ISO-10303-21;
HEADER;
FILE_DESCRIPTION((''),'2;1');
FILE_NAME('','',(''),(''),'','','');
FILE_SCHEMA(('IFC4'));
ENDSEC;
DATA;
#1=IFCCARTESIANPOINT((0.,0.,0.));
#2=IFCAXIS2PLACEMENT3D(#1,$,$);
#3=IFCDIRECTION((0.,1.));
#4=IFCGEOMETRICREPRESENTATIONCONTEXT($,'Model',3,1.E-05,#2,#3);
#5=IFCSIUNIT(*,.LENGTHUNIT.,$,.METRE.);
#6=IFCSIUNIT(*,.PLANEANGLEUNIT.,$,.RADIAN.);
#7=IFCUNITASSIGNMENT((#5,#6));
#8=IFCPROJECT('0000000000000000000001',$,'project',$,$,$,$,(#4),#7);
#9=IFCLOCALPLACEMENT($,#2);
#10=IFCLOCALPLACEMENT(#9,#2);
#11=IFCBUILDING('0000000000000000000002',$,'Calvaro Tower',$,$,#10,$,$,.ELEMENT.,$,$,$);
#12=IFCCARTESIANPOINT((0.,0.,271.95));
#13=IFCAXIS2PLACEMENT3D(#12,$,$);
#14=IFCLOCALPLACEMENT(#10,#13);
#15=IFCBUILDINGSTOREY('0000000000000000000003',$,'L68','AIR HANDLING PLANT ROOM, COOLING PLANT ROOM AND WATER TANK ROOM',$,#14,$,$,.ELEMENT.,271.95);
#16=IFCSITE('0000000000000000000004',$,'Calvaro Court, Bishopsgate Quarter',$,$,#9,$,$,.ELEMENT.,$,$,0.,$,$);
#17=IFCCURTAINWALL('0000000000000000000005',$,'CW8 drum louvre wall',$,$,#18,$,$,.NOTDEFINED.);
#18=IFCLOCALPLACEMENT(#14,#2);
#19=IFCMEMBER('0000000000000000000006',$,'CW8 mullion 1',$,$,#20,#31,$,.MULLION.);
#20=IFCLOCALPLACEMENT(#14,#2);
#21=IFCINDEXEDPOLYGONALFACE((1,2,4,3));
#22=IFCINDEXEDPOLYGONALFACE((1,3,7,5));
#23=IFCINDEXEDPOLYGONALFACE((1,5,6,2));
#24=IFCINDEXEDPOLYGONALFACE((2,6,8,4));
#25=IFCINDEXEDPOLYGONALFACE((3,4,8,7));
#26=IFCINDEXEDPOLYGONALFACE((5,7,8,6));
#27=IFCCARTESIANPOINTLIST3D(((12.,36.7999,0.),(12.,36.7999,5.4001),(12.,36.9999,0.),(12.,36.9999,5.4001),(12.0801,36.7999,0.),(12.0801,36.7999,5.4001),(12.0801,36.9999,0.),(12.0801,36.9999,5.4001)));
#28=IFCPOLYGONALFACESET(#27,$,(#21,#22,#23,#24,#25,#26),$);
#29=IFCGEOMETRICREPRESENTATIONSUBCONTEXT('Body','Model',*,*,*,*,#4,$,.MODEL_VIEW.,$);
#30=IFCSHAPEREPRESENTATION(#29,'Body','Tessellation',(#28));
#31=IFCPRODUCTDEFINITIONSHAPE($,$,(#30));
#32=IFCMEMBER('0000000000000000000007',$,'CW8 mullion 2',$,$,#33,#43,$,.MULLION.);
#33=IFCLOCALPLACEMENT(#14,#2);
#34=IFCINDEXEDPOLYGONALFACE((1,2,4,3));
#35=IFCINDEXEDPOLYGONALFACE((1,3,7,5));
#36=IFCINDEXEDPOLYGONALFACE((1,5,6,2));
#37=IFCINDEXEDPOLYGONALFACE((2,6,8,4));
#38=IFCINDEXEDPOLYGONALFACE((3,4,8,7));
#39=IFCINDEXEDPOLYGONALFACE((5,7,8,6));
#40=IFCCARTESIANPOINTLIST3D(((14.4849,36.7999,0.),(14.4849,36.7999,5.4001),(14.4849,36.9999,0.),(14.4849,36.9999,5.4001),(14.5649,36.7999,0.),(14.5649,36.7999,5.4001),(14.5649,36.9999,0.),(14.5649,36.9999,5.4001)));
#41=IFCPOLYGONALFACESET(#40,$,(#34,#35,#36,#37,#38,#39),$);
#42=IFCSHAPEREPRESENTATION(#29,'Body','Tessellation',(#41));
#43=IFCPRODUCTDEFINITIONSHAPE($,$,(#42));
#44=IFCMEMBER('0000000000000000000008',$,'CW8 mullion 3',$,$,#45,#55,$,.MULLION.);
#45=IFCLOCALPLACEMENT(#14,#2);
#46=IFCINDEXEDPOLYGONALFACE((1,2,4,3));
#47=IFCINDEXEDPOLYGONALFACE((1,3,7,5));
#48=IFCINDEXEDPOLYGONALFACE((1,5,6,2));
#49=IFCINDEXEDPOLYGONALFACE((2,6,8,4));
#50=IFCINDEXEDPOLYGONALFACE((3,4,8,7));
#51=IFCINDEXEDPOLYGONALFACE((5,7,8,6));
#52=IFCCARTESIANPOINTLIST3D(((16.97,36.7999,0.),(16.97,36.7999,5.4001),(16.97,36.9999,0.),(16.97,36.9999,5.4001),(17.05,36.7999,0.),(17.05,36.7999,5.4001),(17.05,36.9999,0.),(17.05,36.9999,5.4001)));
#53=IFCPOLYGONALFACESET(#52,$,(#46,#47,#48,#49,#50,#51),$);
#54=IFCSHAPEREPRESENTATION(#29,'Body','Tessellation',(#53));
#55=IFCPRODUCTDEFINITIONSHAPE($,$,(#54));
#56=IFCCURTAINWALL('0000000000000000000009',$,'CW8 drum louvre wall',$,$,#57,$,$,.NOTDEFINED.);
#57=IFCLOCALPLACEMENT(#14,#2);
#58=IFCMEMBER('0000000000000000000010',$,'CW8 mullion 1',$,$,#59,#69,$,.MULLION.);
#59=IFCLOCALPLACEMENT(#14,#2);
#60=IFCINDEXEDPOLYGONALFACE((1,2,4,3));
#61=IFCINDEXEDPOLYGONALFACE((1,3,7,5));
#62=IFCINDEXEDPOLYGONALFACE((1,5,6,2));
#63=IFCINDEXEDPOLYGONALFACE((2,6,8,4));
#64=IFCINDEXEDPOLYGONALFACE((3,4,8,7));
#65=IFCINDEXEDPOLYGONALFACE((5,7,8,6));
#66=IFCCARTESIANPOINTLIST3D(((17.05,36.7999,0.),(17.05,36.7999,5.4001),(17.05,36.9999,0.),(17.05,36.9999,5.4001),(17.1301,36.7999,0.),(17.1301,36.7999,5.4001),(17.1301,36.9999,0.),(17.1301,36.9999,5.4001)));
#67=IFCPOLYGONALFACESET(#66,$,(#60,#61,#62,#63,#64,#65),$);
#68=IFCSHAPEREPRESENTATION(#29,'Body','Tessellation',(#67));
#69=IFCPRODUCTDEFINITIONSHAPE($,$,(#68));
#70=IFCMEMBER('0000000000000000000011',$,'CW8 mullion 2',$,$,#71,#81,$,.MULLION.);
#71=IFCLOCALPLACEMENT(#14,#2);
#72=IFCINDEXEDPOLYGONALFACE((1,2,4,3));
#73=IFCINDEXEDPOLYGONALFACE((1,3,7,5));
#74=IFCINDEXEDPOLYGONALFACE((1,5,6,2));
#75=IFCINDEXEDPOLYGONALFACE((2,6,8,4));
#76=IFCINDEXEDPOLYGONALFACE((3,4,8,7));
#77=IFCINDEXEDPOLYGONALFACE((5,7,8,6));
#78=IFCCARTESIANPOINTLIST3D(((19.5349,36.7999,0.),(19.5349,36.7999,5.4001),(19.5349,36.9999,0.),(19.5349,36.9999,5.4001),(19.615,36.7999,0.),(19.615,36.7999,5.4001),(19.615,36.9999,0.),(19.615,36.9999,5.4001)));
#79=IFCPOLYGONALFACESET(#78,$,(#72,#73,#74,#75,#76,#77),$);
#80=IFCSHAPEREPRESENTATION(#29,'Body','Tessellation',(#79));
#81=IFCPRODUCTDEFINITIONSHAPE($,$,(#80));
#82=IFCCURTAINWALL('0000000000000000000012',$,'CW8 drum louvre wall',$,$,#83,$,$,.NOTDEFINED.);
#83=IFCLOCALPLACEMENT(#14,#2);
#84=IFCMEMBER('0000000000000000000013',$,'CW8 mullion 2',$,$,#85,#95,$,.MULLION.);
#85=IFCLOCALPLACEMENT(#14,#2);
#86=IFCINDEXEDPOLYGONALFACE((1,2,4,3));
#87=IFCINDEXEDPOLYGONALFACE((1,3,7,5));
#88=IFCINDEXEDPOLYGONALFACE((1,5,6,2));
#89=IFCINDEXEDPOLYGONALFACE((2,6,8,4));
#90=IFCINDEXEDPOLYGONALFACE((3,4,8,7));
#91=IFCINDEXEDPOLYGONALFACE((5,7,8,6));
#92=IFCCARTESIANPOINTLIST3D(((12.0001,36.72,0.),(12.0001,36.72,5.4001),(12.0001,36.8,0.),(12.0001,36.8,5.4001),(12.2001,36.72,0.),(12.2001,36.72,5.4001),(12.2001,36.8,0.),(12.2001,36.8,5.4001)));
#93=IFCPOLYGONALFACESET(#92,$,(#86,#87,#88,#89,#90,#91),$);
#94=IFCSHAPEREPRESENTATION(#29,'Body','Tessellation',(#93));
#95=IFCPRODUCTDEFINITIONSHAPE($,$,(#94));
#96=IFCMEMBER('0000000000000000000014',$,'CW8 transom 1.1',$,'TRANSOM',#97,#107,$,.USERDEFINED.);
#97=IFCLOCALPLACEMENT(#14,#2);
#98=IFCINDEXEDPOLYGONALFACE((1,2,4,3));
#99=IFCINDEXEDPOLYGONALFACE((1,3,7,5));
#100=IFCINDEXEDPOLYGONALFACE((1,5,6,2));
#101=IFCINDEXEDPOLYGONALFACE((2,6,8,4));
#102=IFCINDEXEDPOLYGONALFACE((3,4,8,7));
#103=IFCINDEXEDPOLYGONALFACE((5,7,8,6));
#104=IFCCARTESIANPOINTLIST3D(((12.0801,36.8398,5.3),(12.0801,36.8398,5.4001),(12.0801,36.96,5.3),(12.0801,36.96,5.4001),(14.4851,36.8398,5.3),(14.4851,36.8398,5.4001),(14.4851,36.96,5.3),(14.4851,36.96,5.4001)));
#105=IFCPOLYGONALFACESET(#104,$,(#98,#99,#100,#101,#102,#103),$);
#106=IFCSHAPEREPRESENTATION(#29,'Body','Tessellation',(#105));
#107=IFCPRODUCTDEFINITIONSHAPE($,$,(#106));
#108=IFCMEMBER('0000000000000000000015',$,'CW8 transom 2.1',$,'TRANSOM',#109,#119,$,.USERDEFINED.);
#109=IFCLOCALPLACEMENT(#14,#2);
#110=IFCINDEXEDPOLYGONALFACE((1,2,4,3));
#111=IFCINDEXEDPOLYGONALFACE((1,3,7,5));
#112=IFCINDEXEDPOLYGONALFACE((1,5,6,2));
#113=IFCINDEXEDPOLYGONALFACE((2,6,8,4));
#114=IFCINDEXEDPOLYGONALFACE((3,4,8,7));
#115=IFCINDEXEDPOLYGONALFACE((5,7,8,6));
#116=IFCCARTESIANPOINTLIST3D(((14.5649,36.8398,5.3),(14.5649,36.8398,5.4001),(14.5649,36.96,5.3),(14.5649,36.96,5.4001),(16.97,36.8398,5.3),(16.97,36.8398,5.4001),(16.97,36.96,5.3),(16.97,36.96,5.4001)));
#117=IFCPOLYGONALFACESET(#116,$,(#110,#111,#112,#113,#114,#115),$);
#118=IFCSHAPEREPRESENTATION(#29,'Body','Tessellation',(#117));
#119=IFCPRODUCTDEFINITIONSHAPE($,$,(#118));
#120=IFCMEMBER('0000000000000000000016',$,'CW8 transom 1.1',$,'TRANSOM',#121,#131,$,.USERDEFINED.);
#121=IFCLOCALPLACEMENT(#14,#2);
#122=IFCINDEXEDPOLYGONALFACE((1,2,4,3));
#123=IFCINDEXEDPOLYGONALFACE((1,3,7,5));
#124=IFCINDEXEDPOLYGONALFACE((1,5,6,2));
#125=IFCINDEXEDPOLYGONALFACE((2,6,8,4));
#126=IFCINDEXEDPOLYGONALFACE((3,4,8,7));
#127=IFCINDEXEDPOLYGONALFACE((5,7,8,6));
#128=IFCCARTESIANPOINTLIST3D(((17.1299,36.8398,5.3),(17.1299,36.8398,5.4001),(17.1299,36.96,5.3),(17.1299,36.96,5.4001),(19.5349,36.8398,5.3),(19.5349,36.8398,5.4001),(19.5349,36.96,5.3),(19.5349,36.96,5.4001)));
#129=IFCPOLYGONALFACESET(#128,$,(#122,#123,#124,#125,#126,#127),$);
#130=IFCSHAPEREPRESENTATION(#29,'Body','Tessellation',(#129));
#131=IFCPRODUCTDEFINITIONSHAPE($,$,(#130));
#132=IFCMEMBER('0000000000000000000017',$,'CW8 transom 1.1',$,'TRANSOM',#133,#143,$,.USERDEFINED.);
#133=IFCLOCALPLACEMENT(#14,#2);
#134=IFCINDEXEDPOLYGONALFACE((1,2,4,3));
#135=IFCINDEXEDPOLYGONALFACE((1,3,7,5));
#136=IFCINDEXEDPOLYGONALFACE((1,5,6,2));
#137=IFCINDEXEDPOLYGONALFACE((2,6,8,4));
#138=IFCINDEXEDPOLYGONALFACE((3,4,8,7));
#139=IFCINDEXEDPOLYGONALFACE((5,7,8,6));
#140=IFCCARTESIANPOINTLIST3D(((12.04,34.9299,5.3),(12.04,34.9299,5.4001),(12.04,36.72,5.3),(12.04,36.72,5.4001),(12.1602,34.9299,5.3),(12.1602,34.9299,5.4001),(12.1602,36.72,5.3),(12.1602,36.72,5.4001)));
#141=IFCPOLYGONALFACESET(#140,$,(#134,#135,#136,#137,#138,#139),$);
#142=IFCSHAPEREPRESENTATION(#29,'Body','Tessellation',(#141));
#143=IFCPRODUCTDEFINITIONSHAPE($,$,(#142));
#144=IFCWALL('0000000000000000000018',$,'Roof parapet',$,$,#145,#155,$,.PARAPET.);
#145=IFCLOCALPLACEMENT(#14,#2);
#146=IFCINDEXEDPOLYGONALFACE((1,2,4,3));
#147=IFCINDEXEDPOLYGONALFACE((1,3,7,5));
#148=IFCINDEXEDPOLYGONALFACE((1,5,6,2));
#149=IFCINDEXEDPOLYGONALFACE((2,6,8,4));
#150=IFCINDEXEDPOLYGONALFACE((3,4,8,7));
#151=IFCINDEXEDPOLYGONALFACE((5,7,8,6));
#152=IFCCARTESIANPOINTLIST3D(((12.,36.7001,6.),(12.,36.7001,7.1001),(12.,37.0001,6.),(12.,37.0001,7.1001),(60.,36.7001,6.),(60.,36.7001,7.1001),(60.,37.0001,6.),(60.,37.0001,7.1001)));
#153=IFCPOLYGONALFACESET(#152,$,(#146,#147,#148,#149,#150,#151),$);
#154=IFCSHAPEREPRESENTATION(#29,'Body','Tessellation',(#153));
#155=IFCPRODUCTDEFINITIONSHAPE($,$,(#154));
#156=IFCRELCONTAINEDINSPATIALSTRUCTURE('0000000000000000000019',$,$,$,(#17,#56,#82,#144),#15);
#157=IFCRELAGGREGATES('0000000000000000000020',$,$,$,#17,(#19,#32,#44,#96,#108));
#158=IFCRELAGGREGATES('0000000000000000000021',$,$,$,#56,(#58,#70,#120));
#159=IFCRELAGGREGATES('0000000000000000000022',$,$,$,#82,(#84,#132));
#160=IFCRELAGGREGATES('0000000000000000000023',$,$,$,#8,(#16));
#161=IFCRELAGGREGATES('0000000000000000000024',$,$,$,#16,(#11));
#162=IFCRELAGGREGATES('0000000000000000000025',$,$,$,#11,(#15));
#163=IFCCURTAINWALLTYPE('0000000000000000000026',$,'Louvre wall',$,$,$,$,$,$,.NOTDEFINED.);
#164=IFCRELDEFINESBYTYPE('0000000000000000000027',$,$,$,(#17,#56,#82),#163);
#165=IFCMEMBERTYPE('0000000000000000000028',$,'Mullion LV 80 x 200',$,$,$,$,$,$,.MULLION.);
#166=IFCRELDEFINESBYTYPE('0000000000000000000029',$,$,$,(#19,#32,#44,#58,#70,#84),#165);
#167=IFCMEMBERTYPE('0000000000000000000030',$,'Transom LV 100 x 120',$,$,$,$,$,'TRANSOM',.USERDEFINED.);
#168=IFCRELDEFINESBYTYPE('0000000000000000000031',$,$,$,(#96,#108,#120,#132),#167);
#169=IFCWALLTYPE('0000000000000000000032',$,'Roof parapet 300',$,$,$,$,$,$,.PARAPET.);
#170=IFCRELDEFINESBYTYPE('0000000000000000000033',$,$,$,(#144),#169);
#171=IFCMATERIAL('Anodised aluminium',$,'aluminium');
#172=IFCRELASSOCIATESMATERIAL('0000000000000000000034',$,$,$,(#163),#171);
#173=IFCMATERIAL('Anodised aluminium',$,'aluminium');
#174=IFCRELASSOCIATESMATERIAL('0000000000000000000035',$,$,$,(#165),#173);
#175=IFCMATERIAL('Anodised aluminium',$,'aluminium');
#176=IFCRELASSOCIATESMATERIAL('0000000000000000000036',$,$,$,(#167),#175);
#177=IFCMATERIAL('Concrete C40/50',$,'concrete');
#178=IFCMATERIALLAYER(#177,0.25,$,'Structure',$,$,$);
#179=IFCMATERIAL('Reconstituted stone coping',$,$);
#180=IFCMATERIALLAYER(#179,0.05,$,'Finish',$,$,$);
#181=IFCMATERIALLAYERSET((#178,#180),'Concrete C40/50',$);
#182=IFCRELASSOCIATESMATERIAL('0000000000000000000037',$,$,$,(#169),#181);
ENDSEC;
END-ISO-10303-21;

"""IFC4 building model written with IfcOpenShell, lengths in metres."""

from ifc_helpers import new_model, si_unit, direction, frame, frame_2d, origin, origin_2d, place, context, subcontext, project, spatial, rectangle, extrude, material, layer, layer_set, material_profile, profile_set, type_object, element, aggregate, save


model = new_model("IFC4")

# Units and contexts
model_context = context("Model", 3, precision=1e-05, world=origin(), true_north=direction((0.0, 1.0)))
body_context = subcontext(model_context, "Body", "Model", "MODEL_VIEW")
ifc_project = project(units=[si_unit("LENGTHUNIT", "METRE"), si_unit("PLANEANGLEUNIT", "RADIAN")], contexts=[model_context])

# Site, building, storey
site_placement = place(None, origin())
site = spatial("IfcSite", under=ifc_project, at=site_placement, Name="Calvaro Court, Bishopsgate Quarter", CompositionType="ELEMENT", RefElevation=0.0)
building_placement = place(site_placement, origin())
building = spatial("IfcBuilding", under=site, at=building_placement, Name="Calvaro Tower", CompositionType="ELEMENT")
storey_placement = place(building_placement, frame((0.0, 0.0, 271.95)))
storey = spatial("IfcBuildingStorey", under=building, at=storey_placement, Name="L68", Description="AIR HANDLING PLANT ROOM, COOLING PLANT ROOM AND WATER TANK ROOM", CompositionType="ELEMENT", Elevation=271.95)

# Curtain walls, members
ifc_material_1 = material(Name="Anodised aluminium", Category="aluminium")
curtain_wall_type = type_object("IfcCurtainWallType", Name="Louvre wall", PredefinedType="NOTDEFINED", material=ifc_material_1)
curtain_wall_1_placement = place(storey_placement, origin())
curtain_wall_1 = element("IfcCurtainWall", 1, at=curtain_wall_1_placement, inside=storey, type_object=curtain_wall_type, Name="CW8 drum louvre wall", PredefinedType="NOTDEFINED")
ifc_material_2 = material(Name="Anodised aluminium", Category="aluminium")
ifc_material_profile_1 = material_profile(ifc_material_2, rectangle(XDim=0.2, YDim=0.0801, at=origin_2d()), Name="Mullion LV 80 x 200")
ifc_profile_set_1 = profile_set([ifc_material_profile_1], Name="Anodised aluminium")
member_type_1 = type_object("IfcMemberType", Name="Mullion LV 80 x 200", PredefinedType="MULLION", material=ifc_profile_set_1)
member_1_placement = place(storey_placement, frame((12.04, 36.8999, 0.0), z_axis=(0.0, 0.0, 1.0), x_axis=(0.0, 1.0, 0.0)))
member_1 = element("IfcMember", 2, at=member_1_placement, type_object=member_type_1, Name="CW8 mullion 1", PredefinedType="MULLION", context=body_context, shape_type="SweptSolid", body=[
    extrude(rectangle(XDim=0.2, YDim=0.0801, at=origin_2d()), origin(), (0.0, 0.0, 1.0), 5.4001),
])
member_2_placement = place(storey_placement, frame((14.5249, 36.8999, 0.0), z_axis=(0.0, 0.0, 1.0), x_axis=(0.0, 1.0, 0.0)))
member_2 = element("IfcMember", 3, at=member_2_placement, type_object=member_type_1, Name="CW8 mullion 2", PredefinedType="MULLION", context=body_context, shape_type="SweptSolid", body=[
    extrude(rectangle(XDim=0.2, YDim=0.0801, at=origin_2d()), origin(), (0.0, 0.0, 1.0), 5.4001),
])
member_3_placement = place(storey_placement, frame((17.01, 36.8999, 0.0), z_axis=(0.0, 0.0, 1.0), x_axis=(0.0, 1.0, 0.0)))
member_3 = element("IfcMember", 4, at=member_3_placement, type_object=member_type_1, Name="CW8 mullion 3", PredefinedType="MULLION", context=body_context, shape_type="SweptSolid", body=[
    extrude(rectangle(XDim=0.2, YDim=0.0801, at=origin_2d()), origin(), (0.0, 0.0, 1.0), 5.4001),
])
curtain_wall_2_placement = place(storey_placement, origin())
curtain_wall_2 = element("IfcCurtainWall", 5, at=curtain_wall_2_placement, inside=storey, type_object=curtain_wall_type, Name="CW8 drum louvre wall", PredefinedType="NOTDEFINED")
member_4_placement = place(storey_placement, frame((17.0901, 36.8999, 0.0), z_axis=(0.0, 0.0, 1.0), x_axis=(0.0, 1.0, 0.0)))
member_4 = element("IfcMember", 6, at=member_4_placement, type_object=member_type_1, Name="CW8 mullion 1", PredefinedType="MULLION", context=body_context, shape_type="SweptSolid", body=[
    extrude(rectangle(XDim=0.2, YDim=0.0801, at=origin_2d()), origin(), (0.0, 0.0, 1.0), 5.4001),
])
member_5_placement = place(storey_placement, frame((19.575, 36.8999, 0.0), z_axis=(0.0, 0.0, 1.0), x_axis=(0.0, 1.0, 0.0)))
member_5 = element("IfcMember", 7, at=member_5_placement, type_object=member_type_1, Name="CW8 mullion 2", PredefinedType="MULLION", context=body_context, shape_type="SweptSolid", body=[
    extrude(rectangle(XDim=0.2, YDim=0.0801, at=origin_2d()), origin(), (0.0, 0.0, 1.0), 5.4001),
])

# Curtain wall, member
curtain_wall_3_placement = place(storey_placement, origin())
curtain_wall_3 = element("IfcCurtainWall", 8, at=curtain_wall_3_placement, inside=storey, type_object=curtain_wall_type, Name="CW8 drum louvre wall", PredefinedType="NOTDEFINED")
member_6_placement = place(storey_placement, frame((12.1001, 36.76, 0.0), z_axis=(0.0, 0.0, 1.0), x_axis=(-1.0, 0.0, 0.0)))
member_6 = element("IfcMember", 9, at=member_6_placement, type_object=member_type_1, Name="CW8 mullion 2", PredefinedType="MULLION", context=body_context, shape_type="SweptSolid", body=[
    extrude(rectangle(XDim=0.2, YDim=0.0801, at=origin_2d()), origin(), (0.0, 0.0, 1.0), 5.4001),
])

# Members
ifc_material_3 = material(Name="Anodised aluminium", Category="aluminium")
ifc_material_profile_2 = material_profile(ifc_material_3, rectangle(XDim=0.1201, YDim=0.1001, at=origin_2d()), Name="Transom LV 100 x 120")
ifc_profile_set_2 = profile_set([ifc_material_profile_2], Name="Anodised aluminium")
member_type_2 = type_object("IfcMemberType", Name="Transom LV 100 x 120", ElementType="TRANSOM", PredefinedType="USERDEFINED", material=ifc_profile_set_2)
member_7_placement = place(storey_placement, frame((12.0801, 36.8999, 5.3501), z_axis=(1.0, 0.0, 0.0), x_axis=(0.0, 1.0, 0.0)))
member_7 = element("IfcMember", 10, at=member_7_placement, type_object=member_type_2, Name="CW8 transom 1.1", ObjectType="TRANSOM", PredefinedType="USERDEFINED", context=body_context, shape_type="SweptSolid", body=[
    extrude(rectangle(XDim=0.1201, YDim=0.1001, at=origin_2d()), origin(), (0.0, 0.0, 1.0), 2.405),
])
member_8_placement = place(storey_placement, frame((14.5649, 36.8999, 5.3501), z_axis=(1.0, 0.0, 0.0), x_axis=(0.0, 1.0, 0.0)))
member_8 = element("IfcMember", 11, at=member_8_placement, type_object=member_type_2, Name="CW8 transom 2.1", ObjectType="TRANSOM", PredefinedType="USERDEFINED", context=body_context, shape_type="SweptSolid", body=[
    extrude(rectangle(XDim=0.1201, YDim=0.1001, at=origin_2d()), origin(), (0.0, 0.0, 1.0), 2.405),
])
member_9_placement = place(storey_placement, frame((17.1299, 36.8999, 5.3501), z_axis=(1.0, 0.0, 0.0), x_axis=(0.0, 1.0, 0.0)))
member_9 = element("IfcMember", 12, at=member_9_placement, type_object=member_type_2, Name="CW8 transom 1.1", ObjectType="TRANSOM", PredefinedType="USERDEFINED", context=body_context, shape_type="SweptSolid", body=[
    extrude(rectangle(XDim=0.1201, YDim=0.1001, at=origin_2d()), origin(), (0.0, 0.0, 1.0), 2.405),
])
member_10_placement = place(storey_placement, frame((12.1001, 34.9299, 5.3501), z_axis=(0.0, 1.0, 0.0), x_axis=(-1.0, 0.0, 0.0)))
member_10 = element("IfcMember", 13, at=member_10_placement, type_object=member_type_2, Name="CW8 transom 1.1", ObjectType="TRANSOM", PredefinedType="USERDEFINED", context=body_context, shape_type="SweptSolid", body=[
    extrude(rectangle(XDim=0.1201, YDim=0.1001, at=origin_2d()), origin(), (0.0, 0.0, 1.0), 1.79),
])

# Wall
ifc_material_4 = material(Name="Concrete C40/50", Category="concrete")
ifc_layer_1 = layer(ifc_material_4, 0.25, Name="Structure")
ifc_material_5 = material(Name="Reconstituted stone coping")
ifc_layer_2 = layer(ifc_material_5, 0.05, Name="Finish")
ifc_layer_set_1 = layer_set([ifc_layer_1, ifc_layer_2], Name="Concrete C40/50")
wall_type = type_object("IfcWallType", Name="Roof parapet 300", PredefinedType="PARAPET", material=ifc_layer_set_1)
wall_placement = place(storey_placement, frame((12.0, 36.8501, 6.0), z_axis=(0.0, 0.0, 1.0), x_axis=(1.0, 0.0, 0.0)))
element("IfcWall", 14, at=wall_placement, inside=storey, type_object=wall_type, Name="Roof parapet", PredefinedType="PARAPET", context=body_context, shape_type="SweptSolid", body=[
    extrude(rectangle(XDim=48.0, YDim=0.3, at=frame_2d((24.0, 0.0))), origin(), (0.0, 0.0, 1.0), 1.1001),
])

aggregate(curtain_wall_1, [member_1, member_2, member_3, member_7, member_8])
aggregate(curtain_wall_2, [member_4, member_5, member_9])
aggregate(curtain_wall_3, [member_6, member_10])

save(model, "model.ifc")
